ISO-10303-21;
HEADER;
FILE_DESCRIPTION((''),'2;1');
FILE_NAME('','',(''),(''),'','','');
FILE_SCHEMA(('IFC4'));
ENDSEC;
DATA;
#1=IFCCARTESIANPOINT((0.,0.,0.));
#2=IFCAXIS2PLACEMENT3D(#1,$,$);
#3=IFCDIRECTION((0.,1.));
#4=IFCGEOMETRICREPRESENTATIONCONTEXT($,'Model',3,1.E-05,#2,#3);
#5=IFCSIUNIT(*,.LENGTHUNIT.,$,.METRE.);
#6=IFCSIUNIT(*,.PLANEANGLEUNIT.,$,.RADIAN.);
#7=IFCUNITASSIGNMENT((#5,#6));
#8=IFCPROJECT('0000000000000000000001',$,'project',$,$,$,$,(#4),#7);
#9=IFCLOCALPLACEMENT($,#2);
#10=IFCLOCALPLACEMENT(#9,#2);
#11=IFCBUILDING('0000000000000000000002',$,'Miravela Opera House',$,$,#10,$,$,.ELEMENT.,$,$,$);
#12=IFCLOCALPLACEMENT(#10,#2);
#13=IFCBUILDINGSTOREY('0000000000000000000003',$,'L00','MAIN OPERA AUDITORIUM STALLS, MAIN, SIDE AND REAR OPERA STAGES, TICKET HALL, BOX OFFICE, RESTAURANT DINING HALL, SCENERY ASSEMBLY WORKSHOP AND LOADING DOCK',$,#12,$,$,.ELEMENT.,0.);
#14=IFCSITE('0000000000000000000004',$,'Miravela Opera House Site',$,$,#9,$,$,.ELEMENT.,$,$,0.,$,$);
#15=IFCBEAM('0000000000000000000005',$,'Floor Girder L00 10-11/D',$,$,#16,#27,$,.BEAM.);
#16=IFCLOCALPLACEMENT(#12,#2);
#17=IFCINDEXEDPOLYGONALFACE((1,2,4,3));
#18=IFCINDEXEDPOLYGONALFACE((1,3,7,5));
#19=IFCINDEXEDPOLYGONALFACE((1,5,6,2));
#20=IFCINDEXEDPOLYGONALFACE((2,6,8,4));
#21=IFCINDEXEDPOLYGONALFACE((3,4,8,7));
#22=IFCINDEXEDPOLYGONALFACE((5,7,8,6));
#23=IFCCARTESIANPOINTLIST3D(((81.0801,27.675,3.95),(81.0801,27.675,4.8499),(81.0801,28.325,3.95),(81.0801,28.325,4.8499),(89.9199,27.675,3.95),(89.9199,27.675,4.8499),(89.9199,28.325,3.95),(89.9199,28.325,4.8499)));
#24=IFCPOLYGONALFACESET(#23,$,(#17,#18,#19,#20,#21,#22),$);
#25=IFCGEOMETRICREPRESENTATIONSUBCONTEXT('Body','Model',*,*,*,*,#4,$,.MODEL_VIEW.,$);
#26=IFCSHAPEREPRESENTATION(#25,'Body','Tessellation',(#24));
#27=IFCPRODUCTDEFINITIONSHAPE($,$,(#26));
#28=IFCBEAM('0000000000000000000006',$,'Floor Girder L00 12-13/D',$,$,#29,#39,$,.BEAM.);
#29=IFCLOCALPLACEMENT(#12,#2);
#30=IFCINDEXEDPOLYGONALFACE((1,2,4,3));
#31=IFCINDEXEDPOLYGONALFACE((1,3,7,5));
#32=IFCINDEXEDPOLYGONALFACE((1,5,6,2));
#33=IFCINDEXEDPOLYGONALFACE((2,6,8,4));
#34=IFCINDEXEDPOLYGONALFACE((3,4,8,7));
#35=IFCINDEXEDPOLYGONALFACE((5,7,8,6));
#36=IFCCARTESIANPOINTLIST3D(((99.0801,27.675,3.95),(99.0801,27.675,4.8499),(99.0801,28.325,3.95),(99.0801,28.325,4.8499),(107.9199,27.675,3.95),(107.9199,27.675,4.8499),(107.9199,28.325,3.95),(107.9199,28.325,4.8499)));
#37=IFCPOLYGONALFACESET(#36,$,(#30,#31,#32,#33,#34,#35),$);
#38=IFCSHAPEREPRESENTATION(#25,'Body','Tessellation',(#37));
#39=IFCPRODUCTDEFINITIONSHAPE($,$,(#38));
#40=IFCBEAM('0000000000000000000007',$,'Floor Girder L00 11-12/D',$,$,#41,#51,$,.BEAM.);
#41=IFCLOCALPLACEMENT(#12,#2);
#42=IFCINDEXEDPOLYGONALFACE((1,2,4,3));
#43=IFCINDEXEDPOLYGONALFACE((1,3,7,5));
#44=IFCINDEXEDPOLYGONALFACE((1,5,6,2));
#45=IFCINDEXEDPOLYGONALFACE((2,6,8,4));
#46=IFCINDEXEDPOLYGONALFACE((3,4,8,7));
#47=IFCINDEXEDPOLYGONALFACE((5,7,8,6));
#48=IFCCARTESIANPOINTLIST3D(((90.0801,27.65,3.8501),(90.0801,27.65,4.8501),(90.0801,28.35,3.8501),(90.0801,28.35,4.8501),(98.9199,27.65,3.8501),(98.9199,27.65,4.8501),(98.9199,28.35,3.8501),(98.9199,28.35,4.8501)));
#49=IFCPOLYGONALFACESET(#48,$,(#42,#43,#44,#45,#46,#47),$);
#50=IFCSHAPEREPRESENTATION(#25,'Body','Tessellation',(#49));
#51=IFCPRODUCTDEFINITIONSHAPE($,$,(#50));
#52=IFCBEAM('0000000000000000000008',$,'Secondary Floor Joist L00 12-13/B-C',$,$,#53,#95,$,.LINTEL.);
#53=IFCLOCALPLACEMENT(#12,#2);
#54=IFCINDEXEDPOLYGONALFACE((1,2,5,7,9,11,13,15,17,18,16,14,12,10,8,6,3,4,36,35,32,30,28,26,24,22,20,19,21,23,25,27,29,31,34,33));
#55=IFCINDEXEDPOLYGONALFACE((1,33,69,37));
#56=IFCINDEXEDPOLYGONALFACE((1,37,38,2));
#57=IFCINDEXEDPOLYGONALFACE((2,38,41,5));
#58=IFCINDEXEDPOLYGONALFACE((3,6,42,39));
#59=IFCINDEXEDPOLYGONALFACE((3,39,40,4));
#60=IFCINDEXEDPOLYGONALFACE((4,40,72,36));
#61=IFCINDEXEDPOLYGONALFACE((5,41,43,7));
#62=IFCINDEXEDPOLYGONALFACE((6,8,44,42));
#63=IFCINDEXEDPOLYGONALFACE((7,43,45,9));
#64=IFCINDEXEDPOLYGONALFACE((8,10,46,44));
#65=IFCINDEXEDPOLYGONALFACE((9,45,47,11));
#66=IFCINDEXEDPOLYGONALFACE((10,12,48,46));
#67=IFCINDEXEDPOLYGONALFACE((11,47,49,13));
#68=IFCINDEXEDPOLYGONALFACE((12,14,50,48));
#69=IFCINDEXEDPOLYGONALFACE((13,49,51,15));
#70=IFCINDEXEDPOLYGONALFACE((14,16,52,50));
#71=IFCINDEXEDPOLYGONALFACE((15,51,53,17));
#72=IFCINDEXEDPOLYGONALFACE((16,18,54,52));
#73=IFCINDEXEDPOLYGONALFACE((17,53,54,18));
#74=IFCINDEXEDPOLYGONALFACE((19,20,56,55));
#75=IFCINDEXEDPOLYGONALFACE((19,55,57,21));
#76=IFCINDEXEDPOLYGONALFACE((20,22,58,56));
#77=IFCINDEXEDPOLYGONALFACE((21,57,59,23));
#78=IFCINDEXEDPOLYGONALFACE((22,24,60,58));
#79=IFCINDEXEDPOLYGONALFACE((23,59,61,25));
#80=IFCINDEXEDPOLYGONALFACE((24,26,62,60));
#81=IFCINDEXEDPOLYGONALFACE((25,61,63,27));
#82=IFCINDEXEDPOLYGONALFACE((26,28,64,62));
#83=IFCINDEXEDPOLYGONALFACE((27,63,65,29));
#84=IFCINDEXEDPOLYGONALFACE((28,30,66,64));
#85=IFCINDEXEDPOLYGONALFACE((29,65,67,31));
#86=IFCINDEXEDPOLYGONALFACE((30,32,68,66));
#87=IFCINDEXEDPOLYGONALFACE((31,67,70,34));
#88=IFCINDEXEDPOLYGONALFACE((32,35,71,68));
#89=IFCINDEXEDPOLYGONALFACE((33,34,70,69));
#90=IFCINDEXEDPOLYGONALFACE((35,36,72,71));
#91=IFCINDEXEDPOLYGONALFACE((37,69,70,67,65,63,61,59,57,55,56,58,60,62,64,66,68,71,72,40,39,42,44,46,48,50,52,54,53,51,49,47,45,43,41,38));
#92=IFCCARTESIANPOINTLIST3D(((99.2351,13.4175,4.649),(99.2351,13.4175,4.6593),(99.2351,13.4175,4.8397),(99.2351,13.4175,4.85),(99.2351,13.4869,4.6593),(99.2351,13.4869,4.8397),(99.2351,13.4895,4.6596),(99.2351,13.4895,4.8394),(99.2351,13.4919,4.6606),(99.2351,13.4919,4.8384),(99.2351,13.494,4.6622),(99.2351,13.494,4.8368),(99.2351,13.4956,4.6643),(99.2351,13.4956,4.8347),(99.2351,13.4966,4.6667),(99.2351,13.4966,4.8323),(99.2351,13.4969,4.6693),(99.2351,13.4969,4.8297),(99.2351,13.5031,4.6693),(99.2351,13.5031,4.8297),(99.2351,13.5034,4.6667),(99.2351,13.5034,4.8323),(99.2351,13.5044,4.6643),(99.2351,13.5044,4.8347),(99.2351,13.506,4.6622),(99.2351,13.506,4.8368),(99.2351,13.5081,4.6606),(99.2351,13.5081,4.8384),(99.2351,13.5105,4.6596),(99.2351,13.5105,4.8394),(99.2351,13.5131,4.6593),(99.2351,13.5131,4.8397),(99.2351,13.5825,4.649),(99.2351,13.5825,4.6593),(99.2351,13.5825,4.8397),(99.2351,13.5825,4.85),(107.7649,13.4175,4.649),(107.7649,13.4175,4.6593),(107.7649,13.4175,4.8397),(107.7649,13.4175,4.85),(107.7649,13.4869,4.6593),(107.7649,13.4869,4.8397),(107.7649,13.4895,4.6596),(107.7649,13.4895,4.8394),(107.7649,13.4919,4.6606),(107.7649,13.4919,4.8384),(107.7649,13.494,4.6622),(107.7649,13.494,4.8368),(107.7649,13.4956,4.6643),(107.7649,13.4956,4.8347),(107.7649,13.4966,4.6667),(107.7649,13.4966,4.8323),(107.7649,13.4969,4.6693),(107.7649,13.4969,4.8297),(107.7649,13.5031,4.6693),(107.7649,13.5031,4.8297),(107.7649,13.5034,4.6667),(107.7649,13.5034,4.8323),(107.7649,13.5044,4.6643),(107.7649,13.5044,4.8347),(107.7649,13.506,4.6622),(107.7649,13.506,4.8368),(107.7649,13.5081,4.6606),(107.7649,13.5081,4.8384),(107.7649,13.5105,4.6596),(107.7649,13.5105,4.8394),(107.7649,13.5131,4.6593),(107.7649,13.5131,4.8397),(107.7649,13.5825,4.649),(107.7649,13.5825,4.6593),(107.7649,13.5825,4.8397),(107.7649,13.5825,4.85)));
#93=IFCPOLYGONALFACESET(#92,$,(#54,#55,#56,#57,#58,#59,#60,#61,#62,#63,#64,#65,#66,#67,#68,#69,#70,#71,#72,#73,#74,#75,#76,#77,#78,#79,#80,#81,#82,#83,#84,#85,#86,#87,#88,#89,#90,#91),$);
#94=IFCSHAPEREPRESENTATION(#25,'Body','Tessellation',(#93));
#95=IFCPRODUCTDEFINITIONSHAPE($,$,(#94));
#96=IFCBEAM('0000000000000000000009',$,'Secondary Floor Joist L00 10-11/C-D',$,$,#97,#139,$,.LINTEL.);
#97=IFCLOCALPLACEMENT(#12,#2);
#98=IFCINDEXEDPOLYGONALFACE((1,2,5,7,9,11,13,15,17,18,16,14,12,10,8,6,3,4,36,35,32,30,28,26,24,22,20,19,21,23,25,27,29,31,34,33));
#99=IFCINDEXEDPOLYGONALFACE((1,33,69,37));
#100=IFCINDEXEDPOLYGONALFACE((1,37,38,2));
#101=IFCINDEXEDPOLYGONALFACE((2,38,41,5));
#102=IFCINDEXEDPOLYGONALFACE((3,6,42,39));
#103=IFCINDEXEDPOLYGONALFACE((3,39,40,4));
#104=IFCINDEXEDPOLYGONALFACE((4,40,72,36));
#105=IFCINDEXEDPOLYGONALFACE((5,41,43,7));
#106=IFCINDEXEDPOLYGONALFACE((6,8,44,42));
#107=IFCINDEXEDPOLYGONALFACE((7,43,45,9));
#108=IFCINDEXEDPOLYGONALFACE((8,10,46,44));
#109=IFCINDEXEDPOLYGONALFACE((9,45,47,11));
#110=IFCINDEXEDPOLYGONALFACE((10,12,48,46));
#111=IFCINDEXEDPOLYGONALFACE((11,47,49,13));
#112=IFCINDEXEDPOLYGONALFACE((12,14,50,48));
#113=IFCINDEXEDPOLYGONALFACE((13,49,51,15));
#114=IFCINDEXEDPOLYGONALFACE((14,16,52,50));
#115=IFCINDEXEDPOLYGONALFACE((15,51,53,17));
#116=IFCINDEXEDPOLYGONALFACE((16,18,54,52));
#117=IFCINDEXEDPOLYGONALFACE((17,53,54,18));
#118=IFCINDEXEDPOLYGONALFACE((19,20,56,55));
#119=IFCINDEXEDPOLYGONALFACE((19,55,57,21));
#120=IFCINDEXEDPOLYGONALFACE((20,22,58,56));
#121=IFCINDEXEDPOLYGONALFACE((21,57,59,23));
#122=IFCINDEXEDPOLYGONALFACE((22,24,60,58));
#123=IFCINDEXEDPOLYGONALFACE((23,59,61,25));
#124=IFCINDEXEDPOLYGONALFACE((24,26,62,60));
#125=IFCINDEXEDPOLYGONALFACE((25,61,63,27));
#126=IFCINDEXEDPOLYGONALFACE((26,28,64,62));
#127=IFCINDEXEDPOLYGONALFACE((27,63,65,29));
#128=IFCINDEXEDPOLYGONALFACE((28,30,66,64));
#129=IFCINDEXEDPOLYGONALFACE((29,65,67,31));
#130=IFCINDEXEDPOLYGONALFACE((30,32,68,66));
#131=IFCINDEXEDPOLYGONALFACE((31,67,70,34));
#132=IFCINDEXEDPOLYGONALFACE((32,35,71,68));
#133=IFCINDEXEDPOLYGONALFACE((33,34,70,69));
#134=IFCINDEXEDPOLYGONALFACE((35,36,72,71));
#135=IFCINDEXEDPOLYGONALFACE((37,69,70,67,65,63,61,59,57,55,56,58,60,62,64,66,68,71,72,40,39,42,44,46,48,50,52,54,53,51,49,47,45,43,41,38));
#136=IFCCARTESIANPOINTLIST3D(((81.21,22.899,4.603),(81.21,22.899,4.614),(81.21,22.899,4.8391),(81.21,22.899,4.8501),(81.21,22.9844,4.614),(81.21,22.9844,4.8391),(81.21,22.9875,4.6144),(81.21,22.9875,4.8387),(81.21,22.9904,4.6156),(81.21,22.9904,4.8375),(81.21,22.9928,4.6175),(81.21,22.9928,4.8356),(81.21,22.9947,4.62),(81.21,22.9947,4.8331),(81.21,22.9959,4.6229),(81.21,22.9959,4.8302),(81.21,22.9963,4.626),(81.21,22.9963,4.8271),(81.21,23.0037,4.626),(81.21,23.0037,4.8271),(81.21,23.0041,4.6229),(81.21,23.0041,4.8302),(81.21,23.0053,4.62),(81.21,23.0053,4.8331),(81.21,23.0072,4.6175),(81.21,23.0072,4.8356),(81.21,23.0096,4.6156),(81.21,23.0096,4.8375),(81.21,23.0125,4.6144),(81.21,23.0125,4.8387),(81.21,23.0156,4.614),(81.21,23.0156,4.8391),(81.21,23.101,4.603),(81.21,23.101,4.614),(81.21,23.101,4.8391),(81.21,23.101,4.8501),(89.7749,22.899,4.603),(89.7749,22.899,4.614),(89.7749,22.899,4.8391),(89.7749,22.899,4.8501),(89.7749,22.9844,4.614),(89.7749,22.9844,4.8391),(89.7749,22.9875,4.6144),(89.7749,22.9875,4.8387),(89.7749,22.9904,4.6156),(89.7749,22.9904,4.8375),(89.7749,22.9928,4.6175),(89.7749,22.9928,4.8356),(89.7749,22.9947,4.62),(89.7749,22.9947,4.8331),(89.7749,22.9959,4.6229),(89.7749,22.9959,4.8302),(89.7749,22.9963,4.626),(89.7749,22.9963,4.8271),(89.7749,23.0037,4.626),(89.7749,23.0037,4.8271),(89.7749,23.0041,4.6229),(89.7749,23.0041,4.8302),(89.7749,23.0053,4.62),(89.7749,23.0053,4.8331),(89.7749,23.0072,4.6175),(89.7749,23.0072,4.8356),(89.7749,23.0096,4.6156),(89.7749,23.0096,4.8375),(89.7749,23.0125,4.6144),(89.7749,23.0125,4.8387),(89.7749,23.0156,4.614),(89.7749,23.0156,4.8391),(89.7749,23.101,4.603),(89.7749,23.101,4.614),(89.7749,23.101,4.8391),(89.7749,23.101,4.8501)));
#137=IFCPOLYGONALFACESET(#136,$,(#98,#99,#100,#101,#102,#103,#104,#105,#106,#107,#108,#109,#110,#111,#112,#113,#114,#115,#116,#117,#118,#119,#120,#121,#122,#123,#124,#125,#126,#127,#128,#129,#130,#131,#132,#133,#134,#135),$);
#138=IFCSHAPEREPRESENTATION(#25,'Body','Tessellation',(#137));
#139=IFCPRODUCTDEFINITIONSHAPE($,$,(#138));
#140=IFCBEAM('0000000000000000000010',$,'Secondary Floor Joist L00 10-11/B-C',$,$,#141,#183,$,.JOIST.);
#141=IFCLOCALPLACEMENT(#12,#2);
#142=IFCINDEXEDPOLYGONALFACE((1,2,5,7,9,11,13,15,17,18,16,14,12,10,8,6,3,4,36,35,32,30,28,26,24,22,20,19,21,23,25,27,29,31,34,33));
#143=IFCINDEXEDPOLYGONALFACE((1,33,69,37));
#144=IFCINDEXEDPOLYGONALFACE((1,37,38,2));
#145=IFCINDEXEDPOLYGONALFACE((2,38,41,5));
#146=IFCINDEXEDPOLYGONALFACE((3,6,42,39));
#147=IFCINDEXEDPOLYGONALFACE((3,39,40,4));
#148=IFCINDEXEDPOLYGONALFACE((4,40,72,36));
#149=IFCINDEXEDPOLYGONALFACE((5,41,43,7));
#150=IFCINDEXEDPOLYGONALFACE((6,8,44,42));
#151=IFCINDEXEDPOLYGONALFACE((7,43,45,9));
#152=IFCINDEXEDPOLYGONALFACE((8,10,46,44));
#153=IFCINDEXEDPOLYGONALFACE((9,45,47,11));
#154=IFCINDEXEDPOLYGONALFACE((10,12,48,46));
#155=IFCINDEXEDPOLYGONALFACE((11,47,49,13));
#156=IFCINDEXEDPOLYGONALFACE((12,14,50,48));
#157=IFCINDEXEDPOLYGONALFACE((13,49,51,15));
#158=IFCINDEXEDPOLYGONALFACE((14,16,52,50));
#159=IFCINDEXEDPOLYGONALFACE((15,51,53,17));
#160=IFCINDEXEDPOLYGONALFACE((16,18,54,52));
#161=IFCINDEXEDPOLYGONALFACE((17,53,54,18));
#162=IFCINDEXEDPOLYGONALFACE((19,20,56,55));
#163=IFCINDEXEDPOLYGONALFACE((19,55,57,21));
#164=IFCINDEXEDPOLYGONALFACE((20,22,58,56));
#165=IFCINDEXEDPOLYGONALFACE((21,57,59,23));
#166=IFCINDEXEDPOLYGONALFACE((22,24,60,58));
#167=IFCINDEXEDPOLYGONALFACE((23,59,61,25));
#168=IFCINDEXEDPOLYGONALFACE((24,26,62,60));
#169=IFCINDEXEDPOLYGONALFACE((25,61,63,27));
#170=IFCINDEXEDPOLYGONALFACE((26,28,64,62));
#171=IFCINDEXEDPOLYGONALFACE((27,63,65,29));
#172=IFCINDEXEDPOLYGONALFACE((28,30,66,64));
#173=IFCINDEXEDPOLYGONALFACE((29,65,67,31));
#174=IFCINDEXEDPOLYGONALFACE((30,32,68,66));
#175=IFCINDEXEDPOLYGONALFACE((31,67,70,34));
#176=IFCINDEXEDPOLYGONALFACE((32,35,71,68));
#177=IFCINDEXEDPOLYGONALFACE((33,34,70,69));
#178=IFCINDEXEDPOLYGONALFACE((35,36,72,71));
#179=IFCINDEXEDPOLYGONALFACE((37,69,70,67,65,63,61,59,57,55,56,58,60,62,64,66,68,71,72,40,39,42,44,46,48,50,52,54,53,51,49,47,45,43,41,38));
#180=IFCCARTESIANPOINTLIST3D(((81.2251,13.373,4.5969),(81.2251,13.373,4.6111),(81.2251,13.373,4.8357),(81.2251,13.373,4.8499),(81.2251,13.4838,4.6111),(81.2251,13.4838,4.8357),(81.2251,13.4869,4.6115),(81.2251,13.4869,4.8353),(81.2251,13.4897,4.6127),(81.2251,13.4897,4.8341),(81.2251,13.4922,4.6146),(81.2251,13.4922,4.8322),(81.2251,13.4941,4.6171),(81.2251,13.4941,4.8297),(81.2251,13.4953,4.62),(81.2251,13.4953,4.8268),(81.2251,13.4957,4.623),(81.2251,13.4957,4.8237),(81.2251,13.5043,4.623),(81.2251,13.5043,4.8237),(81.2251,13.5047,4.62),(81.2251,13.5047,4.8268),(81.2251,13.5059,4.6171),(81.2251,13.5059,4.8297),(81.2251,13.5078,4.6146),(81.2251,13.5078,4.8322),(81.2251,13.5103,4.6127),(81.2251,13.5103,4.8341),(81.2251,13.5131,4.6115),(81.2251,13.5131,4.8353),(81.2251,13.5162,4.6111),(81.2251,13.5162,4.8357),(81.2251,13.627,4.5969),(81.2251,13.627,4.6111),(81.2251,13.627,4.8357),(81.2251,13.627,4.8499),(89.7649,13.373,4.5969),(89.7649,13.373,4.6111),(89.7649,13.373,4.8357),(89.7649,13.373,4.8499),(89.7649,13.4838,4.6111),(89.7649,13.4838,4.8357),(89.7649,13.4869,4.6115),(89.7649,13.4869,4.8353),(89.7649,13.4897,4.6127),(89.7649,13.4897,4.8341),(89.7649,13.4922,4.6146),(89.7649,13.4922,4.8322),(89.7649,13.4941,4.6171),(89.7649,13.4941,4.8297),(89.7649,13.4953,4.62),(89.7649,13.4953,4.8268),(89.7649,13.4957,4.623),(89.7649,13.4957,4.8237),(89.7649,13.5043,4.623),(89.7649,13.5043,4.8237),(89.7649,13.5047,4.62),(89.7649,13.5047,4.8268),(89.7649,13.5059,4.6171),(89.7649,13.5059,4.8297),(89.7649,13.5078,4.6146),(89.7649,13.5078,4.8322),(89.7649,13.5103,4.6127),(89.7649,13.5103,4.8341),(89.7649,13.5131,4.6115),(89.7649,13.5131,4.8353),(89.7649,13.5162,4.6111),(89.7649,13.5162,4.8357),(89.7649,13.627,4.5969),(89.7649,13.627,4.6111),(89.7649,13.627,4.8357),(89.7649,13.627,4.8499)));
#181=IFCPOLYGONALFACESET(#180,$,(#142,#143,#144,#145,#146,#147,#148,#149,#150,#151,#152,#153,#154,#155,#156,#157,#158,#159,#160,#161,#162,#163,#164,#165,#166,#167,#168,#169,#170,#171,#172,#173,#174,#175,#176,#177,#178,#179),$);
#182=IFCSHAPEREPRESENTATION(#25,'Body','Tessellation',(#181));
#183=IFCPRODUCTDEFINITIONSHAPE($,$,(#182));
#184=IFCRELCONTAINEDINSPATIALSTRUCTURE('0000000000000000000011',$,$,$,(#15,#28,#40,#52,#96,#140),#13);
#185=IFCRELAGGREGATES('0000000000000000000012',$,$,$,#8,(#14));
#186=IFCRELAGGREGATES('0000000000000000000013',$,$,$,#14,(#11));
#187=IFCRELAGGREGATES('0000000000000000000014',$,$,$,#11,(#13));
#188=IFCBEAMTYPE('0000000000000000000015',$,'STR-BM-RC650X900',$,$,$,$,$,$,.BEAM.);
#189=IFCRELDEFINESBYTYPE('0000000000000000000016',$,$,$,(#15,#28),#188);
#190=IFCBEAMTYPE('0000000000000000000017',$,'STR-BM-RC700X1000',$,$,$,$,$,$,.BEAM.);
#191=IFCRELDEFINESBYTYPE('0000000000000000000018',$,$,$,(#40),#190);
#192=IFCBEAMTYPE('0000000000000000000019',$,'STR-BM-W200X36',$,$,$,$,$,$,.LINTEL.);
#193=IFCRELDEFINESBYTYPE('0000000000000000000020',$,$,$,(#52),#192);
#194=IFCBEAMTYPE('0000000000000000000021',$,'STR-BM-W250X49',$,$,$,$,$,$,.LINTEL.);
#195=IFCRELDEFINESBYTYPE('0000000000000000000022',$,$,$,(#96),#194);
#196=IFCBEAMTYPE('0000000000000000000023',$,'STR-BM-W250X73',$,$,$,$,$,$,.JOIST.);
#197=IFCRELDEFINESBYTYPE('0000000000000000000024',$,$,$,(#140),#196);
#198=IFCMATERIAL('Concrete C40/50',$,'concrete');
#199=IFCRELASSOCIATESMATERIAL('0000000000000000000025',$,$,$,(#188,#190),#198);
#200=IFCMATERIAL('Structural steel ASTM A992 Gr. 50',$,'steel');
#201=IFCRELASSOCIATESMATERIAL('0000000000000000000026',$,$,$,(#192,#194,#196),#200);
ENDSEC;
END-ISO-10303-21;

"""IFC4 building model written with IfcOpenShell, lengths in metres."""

from ifc_helpers import new_model, si_unit, direction, frame, origin, origin_2d, place, context, subcontext, project, spatial, rectangle, i_section, extrude, material, material_profile, profile_set, type_object, element, save


model = new_model("IFC4")

# Units and contexts
model_context = context("Model", 3, precision=1e-05, world=origin(), true_north=direction((0.0, 1.0)))
body_context = subcontext(model_context, "Body", "Model", "MODEL_VIEW")
ifc_project = project(units=[si_unit("LENGTHUNIT", "METRE"), si_unit("PLANEANGLEUNIT", "RADIAN")], contexts=[model_context])

# Site, building, storey
site_placement = place(None, origin())
site = spatial("IfcSite", under=ifc_project, at=site_placement, Name="Miravela Opera House Site", CompositionType="ELEMENT", RefElevation=0.0)
building_placement = place(site_placement, origin())
building = spatial("IfcBuilding", under=site, at=building_placement, Name="Miravela Opera House", CompositionType="ELEMENT")
storey_placement = place(building_placement, origin())
storey = spatial("IfcBuildingStorey", under=building, at=storey_placement, Name="L00", Description="MAIN OPERA AUDITORIUM STALLS, MAIN, SIDE AND REAR OPERA STAGES, TICKET HALL, BOX OFFICE, RESTAURANT DINING HALL, SCENERY ASSEMBLY WORKSHOP AND LOADING DOCK", CompositionType="ELEMENT", Elevation=0.0)

# Beams
ifc_material_1 = material(Name="Concrete C40/50", Category="concrete")
ifc_material_profile_1 = material_profile(ifc_material_1, rectangle(XDim=0.6499, YDim=0.8999, at=origin_2d()), Name="RC-BM-650X900")
ifc_profile_set_1 = profile_set([ifc_material_profile_1])
beam_type_1 = type_object("IfcBeamType", Name="STR-BM-RC650X900", PredefinedType="BEAM", material=ifc_profile_set_1)
for number, where, z_axis, x_axis, name in (
    (1, (81.0801, 28.0, 4.3999), (1.0, 0.0, 0.0), (0.0, 1.0, 0.0), "Floor Girder L00 10-11/D"),
    (2, (99.0801, 28.0, 4.3999), (1.0, 0.0, 0.0), (0.0, 1.0, 0.0), "Floor Girder L00 12-13/D"),
):
    element("IfcBeam", number, at=place(storey_placement, frame(where, z_axis=z_axis, x_axis=x_axis)), inside=storey, type_object=beam_type_1, Name=name, PredefinedType="BEAM", context=body_context, shape_type="SweptSolid", body=[
        extrude(rectangle(XDim=0.6499, YDim=0.8999, at=origin_2d()), origin(), (0.0, 0.0, 1.0), 8.8398),
    ])
ifc_material_profile_2 = material_profile(ifc_material_1, rectangle(XDim=0.7, YDim=1.0, at=origin_2d()), Name="RC-BM-700X1000")
ifc_profile_set_2 = profile_set([ifc_material_profile_2])
beam_type_2 = type_object("IfcBeamType", Name="STR-BM-RC700X1000", PredefinedType="BEAM", material=ifc_profile_set_2)
beam_1_placement = place(storey_placement, frame((90.0801, 28.0, 4.3501), z_axis=(1.0, 0.0, 0.0), x_axis=(0.0, 1.0, 0.0)))
element("IfcBeam", 3, at=beam_1_placement, inside=storey, type_object=beam_type_2, Name="Floor Girder L00 11-12/D", PredefinedType="BEAM", context=body_context, shape_type="SweptSolid", body=[
    extrude(rectangle(XDim=0.7, YDim=1.0, at=origin_2d()), origin(), (0.0, 0.0, 1.0), 8.8398),
])
ifc_material_2 = material(Name="Structural steel ASTM A992 Gr. 50", Category="steel")
ifc_material_profile_3 = material_profile(ifc_material_2, i_section(OverallWidth=0.165, OverallDepth=0.2009, WebThickness=0.0061, FlangeThickness=0.0103, FilletRadius=0.01, at=origin_2d()), Name="W200X36")
ifc_profile_set_3 = profile_set([ifc_material_profile_3])
beam_type_3 = type_object("IfcBeamType", Name="STR-BM-W200X36", PredefinedType="LINTEL", material=ifc_profile_set_3)
beam_2_placement = place(storey_placement, frame((99.2351, 13.5, 4.7495), z_axis=(1.0, 0.0, 0.0), x_axis=(0.0, 1.0, 0.0)))
element("IfcBeam", 4, at=beam_2_placement, inside=storey, type_object=beam_type_3, Name="Secondary Floor Joist L00 12-13/B-C", PredefinedType="LINTEL", context=body_context, shape_type="SweptSolid", body=[
    extrude(i_section(OverallWidth=0.165, OverallDepth=0.2009, WebThickness=0.0061, FlangeThickness=0.0103, FilletRadius=0.01, at=origin_2d()), origin(), (0.0, 0.0, 1.0), 8.5298),
])
ifc_material_profile_4 = material_profile(ifc_material_2, i_section(OverallWidth=0.2019, OverallDepth=0.2471, WebThickness=0.0073, FlangeThickness=0.011, FilletRadius=0.012, at=origin_2d()), Name="W250X49")
ifc_profile_set_4 = profile_set([ifc_material_profile_4])
beam_type_4 = type_object("IfcBeamType", Name="STR-BM-W250X49", PredefinedType="LINTEL", material=ifc_profile_set_4)
beam_3_placement = place(storey_placement, frame((81.21, 23.0, 4.7266), z_axis=(1.0, 0.0, 0.0), x_axis=(0.0, 1.0, 0.0)))
element("IfcBeam", 5, at=beam_3_placement, inside=storey, type_object=beam_type_4, Name="Secondary Floor Joist L00 10-11/C-D", PredefinedType="LINTEL", context=body_context, shape_type="SweptSolid", body=[
    extrude(i_section(OverallWidth=0.2019, OverallDepth=0.2471, WebThickness=0.0073, FlangeThickness=0.011, FilletRadius=0.012, at=origin_2d()), origin(), (0.0, 0.0, 1.0), 8.5649),
])
ifc_material_profile_5 = material_profile(ifc_material_2, i_section(OverallWidth=0.2539, OverallDepth=0.2529, WebThickness=0.0085, FlangeThickness=0.0142, FilletRadius=0.012, at=origin_2d()), Name="W250X73")
ifc_profile_set_5 = profile_set([ifc_material_profile_5])
beam_type_5 = type_object("IfcBeamType", Name="STR-BM-W250X73", PredefinedType="JOIST", material=ifc_profile_set_5)
beam_4_placement = place(storey_placement, frame((81.2251, 13.5, 4.7234), z_axis=(1.0, 0.0, 0.0), x_axis=(0.0, 1.0, 0.0)))
element("IfcBeam", 6, at=beam_4_placement, inside=storey, type_object=beam_type_5, Name="Secondary Floor Joist L00 10-11/B-C", PredefinedType="JOIST", context=body_context, shape_type="SweptSolid", body=[
    extrude(i_section(OverallWidth=0.2539, OverallDepth=0.2529, WebThickness=0.0085, FlangeThickness=0.0142, FilletRadius=0.012, at=origin_2d()), origin(), (0.0, 0.0, 1.0), 8.5398),
])

save(model, "model.ifc")
